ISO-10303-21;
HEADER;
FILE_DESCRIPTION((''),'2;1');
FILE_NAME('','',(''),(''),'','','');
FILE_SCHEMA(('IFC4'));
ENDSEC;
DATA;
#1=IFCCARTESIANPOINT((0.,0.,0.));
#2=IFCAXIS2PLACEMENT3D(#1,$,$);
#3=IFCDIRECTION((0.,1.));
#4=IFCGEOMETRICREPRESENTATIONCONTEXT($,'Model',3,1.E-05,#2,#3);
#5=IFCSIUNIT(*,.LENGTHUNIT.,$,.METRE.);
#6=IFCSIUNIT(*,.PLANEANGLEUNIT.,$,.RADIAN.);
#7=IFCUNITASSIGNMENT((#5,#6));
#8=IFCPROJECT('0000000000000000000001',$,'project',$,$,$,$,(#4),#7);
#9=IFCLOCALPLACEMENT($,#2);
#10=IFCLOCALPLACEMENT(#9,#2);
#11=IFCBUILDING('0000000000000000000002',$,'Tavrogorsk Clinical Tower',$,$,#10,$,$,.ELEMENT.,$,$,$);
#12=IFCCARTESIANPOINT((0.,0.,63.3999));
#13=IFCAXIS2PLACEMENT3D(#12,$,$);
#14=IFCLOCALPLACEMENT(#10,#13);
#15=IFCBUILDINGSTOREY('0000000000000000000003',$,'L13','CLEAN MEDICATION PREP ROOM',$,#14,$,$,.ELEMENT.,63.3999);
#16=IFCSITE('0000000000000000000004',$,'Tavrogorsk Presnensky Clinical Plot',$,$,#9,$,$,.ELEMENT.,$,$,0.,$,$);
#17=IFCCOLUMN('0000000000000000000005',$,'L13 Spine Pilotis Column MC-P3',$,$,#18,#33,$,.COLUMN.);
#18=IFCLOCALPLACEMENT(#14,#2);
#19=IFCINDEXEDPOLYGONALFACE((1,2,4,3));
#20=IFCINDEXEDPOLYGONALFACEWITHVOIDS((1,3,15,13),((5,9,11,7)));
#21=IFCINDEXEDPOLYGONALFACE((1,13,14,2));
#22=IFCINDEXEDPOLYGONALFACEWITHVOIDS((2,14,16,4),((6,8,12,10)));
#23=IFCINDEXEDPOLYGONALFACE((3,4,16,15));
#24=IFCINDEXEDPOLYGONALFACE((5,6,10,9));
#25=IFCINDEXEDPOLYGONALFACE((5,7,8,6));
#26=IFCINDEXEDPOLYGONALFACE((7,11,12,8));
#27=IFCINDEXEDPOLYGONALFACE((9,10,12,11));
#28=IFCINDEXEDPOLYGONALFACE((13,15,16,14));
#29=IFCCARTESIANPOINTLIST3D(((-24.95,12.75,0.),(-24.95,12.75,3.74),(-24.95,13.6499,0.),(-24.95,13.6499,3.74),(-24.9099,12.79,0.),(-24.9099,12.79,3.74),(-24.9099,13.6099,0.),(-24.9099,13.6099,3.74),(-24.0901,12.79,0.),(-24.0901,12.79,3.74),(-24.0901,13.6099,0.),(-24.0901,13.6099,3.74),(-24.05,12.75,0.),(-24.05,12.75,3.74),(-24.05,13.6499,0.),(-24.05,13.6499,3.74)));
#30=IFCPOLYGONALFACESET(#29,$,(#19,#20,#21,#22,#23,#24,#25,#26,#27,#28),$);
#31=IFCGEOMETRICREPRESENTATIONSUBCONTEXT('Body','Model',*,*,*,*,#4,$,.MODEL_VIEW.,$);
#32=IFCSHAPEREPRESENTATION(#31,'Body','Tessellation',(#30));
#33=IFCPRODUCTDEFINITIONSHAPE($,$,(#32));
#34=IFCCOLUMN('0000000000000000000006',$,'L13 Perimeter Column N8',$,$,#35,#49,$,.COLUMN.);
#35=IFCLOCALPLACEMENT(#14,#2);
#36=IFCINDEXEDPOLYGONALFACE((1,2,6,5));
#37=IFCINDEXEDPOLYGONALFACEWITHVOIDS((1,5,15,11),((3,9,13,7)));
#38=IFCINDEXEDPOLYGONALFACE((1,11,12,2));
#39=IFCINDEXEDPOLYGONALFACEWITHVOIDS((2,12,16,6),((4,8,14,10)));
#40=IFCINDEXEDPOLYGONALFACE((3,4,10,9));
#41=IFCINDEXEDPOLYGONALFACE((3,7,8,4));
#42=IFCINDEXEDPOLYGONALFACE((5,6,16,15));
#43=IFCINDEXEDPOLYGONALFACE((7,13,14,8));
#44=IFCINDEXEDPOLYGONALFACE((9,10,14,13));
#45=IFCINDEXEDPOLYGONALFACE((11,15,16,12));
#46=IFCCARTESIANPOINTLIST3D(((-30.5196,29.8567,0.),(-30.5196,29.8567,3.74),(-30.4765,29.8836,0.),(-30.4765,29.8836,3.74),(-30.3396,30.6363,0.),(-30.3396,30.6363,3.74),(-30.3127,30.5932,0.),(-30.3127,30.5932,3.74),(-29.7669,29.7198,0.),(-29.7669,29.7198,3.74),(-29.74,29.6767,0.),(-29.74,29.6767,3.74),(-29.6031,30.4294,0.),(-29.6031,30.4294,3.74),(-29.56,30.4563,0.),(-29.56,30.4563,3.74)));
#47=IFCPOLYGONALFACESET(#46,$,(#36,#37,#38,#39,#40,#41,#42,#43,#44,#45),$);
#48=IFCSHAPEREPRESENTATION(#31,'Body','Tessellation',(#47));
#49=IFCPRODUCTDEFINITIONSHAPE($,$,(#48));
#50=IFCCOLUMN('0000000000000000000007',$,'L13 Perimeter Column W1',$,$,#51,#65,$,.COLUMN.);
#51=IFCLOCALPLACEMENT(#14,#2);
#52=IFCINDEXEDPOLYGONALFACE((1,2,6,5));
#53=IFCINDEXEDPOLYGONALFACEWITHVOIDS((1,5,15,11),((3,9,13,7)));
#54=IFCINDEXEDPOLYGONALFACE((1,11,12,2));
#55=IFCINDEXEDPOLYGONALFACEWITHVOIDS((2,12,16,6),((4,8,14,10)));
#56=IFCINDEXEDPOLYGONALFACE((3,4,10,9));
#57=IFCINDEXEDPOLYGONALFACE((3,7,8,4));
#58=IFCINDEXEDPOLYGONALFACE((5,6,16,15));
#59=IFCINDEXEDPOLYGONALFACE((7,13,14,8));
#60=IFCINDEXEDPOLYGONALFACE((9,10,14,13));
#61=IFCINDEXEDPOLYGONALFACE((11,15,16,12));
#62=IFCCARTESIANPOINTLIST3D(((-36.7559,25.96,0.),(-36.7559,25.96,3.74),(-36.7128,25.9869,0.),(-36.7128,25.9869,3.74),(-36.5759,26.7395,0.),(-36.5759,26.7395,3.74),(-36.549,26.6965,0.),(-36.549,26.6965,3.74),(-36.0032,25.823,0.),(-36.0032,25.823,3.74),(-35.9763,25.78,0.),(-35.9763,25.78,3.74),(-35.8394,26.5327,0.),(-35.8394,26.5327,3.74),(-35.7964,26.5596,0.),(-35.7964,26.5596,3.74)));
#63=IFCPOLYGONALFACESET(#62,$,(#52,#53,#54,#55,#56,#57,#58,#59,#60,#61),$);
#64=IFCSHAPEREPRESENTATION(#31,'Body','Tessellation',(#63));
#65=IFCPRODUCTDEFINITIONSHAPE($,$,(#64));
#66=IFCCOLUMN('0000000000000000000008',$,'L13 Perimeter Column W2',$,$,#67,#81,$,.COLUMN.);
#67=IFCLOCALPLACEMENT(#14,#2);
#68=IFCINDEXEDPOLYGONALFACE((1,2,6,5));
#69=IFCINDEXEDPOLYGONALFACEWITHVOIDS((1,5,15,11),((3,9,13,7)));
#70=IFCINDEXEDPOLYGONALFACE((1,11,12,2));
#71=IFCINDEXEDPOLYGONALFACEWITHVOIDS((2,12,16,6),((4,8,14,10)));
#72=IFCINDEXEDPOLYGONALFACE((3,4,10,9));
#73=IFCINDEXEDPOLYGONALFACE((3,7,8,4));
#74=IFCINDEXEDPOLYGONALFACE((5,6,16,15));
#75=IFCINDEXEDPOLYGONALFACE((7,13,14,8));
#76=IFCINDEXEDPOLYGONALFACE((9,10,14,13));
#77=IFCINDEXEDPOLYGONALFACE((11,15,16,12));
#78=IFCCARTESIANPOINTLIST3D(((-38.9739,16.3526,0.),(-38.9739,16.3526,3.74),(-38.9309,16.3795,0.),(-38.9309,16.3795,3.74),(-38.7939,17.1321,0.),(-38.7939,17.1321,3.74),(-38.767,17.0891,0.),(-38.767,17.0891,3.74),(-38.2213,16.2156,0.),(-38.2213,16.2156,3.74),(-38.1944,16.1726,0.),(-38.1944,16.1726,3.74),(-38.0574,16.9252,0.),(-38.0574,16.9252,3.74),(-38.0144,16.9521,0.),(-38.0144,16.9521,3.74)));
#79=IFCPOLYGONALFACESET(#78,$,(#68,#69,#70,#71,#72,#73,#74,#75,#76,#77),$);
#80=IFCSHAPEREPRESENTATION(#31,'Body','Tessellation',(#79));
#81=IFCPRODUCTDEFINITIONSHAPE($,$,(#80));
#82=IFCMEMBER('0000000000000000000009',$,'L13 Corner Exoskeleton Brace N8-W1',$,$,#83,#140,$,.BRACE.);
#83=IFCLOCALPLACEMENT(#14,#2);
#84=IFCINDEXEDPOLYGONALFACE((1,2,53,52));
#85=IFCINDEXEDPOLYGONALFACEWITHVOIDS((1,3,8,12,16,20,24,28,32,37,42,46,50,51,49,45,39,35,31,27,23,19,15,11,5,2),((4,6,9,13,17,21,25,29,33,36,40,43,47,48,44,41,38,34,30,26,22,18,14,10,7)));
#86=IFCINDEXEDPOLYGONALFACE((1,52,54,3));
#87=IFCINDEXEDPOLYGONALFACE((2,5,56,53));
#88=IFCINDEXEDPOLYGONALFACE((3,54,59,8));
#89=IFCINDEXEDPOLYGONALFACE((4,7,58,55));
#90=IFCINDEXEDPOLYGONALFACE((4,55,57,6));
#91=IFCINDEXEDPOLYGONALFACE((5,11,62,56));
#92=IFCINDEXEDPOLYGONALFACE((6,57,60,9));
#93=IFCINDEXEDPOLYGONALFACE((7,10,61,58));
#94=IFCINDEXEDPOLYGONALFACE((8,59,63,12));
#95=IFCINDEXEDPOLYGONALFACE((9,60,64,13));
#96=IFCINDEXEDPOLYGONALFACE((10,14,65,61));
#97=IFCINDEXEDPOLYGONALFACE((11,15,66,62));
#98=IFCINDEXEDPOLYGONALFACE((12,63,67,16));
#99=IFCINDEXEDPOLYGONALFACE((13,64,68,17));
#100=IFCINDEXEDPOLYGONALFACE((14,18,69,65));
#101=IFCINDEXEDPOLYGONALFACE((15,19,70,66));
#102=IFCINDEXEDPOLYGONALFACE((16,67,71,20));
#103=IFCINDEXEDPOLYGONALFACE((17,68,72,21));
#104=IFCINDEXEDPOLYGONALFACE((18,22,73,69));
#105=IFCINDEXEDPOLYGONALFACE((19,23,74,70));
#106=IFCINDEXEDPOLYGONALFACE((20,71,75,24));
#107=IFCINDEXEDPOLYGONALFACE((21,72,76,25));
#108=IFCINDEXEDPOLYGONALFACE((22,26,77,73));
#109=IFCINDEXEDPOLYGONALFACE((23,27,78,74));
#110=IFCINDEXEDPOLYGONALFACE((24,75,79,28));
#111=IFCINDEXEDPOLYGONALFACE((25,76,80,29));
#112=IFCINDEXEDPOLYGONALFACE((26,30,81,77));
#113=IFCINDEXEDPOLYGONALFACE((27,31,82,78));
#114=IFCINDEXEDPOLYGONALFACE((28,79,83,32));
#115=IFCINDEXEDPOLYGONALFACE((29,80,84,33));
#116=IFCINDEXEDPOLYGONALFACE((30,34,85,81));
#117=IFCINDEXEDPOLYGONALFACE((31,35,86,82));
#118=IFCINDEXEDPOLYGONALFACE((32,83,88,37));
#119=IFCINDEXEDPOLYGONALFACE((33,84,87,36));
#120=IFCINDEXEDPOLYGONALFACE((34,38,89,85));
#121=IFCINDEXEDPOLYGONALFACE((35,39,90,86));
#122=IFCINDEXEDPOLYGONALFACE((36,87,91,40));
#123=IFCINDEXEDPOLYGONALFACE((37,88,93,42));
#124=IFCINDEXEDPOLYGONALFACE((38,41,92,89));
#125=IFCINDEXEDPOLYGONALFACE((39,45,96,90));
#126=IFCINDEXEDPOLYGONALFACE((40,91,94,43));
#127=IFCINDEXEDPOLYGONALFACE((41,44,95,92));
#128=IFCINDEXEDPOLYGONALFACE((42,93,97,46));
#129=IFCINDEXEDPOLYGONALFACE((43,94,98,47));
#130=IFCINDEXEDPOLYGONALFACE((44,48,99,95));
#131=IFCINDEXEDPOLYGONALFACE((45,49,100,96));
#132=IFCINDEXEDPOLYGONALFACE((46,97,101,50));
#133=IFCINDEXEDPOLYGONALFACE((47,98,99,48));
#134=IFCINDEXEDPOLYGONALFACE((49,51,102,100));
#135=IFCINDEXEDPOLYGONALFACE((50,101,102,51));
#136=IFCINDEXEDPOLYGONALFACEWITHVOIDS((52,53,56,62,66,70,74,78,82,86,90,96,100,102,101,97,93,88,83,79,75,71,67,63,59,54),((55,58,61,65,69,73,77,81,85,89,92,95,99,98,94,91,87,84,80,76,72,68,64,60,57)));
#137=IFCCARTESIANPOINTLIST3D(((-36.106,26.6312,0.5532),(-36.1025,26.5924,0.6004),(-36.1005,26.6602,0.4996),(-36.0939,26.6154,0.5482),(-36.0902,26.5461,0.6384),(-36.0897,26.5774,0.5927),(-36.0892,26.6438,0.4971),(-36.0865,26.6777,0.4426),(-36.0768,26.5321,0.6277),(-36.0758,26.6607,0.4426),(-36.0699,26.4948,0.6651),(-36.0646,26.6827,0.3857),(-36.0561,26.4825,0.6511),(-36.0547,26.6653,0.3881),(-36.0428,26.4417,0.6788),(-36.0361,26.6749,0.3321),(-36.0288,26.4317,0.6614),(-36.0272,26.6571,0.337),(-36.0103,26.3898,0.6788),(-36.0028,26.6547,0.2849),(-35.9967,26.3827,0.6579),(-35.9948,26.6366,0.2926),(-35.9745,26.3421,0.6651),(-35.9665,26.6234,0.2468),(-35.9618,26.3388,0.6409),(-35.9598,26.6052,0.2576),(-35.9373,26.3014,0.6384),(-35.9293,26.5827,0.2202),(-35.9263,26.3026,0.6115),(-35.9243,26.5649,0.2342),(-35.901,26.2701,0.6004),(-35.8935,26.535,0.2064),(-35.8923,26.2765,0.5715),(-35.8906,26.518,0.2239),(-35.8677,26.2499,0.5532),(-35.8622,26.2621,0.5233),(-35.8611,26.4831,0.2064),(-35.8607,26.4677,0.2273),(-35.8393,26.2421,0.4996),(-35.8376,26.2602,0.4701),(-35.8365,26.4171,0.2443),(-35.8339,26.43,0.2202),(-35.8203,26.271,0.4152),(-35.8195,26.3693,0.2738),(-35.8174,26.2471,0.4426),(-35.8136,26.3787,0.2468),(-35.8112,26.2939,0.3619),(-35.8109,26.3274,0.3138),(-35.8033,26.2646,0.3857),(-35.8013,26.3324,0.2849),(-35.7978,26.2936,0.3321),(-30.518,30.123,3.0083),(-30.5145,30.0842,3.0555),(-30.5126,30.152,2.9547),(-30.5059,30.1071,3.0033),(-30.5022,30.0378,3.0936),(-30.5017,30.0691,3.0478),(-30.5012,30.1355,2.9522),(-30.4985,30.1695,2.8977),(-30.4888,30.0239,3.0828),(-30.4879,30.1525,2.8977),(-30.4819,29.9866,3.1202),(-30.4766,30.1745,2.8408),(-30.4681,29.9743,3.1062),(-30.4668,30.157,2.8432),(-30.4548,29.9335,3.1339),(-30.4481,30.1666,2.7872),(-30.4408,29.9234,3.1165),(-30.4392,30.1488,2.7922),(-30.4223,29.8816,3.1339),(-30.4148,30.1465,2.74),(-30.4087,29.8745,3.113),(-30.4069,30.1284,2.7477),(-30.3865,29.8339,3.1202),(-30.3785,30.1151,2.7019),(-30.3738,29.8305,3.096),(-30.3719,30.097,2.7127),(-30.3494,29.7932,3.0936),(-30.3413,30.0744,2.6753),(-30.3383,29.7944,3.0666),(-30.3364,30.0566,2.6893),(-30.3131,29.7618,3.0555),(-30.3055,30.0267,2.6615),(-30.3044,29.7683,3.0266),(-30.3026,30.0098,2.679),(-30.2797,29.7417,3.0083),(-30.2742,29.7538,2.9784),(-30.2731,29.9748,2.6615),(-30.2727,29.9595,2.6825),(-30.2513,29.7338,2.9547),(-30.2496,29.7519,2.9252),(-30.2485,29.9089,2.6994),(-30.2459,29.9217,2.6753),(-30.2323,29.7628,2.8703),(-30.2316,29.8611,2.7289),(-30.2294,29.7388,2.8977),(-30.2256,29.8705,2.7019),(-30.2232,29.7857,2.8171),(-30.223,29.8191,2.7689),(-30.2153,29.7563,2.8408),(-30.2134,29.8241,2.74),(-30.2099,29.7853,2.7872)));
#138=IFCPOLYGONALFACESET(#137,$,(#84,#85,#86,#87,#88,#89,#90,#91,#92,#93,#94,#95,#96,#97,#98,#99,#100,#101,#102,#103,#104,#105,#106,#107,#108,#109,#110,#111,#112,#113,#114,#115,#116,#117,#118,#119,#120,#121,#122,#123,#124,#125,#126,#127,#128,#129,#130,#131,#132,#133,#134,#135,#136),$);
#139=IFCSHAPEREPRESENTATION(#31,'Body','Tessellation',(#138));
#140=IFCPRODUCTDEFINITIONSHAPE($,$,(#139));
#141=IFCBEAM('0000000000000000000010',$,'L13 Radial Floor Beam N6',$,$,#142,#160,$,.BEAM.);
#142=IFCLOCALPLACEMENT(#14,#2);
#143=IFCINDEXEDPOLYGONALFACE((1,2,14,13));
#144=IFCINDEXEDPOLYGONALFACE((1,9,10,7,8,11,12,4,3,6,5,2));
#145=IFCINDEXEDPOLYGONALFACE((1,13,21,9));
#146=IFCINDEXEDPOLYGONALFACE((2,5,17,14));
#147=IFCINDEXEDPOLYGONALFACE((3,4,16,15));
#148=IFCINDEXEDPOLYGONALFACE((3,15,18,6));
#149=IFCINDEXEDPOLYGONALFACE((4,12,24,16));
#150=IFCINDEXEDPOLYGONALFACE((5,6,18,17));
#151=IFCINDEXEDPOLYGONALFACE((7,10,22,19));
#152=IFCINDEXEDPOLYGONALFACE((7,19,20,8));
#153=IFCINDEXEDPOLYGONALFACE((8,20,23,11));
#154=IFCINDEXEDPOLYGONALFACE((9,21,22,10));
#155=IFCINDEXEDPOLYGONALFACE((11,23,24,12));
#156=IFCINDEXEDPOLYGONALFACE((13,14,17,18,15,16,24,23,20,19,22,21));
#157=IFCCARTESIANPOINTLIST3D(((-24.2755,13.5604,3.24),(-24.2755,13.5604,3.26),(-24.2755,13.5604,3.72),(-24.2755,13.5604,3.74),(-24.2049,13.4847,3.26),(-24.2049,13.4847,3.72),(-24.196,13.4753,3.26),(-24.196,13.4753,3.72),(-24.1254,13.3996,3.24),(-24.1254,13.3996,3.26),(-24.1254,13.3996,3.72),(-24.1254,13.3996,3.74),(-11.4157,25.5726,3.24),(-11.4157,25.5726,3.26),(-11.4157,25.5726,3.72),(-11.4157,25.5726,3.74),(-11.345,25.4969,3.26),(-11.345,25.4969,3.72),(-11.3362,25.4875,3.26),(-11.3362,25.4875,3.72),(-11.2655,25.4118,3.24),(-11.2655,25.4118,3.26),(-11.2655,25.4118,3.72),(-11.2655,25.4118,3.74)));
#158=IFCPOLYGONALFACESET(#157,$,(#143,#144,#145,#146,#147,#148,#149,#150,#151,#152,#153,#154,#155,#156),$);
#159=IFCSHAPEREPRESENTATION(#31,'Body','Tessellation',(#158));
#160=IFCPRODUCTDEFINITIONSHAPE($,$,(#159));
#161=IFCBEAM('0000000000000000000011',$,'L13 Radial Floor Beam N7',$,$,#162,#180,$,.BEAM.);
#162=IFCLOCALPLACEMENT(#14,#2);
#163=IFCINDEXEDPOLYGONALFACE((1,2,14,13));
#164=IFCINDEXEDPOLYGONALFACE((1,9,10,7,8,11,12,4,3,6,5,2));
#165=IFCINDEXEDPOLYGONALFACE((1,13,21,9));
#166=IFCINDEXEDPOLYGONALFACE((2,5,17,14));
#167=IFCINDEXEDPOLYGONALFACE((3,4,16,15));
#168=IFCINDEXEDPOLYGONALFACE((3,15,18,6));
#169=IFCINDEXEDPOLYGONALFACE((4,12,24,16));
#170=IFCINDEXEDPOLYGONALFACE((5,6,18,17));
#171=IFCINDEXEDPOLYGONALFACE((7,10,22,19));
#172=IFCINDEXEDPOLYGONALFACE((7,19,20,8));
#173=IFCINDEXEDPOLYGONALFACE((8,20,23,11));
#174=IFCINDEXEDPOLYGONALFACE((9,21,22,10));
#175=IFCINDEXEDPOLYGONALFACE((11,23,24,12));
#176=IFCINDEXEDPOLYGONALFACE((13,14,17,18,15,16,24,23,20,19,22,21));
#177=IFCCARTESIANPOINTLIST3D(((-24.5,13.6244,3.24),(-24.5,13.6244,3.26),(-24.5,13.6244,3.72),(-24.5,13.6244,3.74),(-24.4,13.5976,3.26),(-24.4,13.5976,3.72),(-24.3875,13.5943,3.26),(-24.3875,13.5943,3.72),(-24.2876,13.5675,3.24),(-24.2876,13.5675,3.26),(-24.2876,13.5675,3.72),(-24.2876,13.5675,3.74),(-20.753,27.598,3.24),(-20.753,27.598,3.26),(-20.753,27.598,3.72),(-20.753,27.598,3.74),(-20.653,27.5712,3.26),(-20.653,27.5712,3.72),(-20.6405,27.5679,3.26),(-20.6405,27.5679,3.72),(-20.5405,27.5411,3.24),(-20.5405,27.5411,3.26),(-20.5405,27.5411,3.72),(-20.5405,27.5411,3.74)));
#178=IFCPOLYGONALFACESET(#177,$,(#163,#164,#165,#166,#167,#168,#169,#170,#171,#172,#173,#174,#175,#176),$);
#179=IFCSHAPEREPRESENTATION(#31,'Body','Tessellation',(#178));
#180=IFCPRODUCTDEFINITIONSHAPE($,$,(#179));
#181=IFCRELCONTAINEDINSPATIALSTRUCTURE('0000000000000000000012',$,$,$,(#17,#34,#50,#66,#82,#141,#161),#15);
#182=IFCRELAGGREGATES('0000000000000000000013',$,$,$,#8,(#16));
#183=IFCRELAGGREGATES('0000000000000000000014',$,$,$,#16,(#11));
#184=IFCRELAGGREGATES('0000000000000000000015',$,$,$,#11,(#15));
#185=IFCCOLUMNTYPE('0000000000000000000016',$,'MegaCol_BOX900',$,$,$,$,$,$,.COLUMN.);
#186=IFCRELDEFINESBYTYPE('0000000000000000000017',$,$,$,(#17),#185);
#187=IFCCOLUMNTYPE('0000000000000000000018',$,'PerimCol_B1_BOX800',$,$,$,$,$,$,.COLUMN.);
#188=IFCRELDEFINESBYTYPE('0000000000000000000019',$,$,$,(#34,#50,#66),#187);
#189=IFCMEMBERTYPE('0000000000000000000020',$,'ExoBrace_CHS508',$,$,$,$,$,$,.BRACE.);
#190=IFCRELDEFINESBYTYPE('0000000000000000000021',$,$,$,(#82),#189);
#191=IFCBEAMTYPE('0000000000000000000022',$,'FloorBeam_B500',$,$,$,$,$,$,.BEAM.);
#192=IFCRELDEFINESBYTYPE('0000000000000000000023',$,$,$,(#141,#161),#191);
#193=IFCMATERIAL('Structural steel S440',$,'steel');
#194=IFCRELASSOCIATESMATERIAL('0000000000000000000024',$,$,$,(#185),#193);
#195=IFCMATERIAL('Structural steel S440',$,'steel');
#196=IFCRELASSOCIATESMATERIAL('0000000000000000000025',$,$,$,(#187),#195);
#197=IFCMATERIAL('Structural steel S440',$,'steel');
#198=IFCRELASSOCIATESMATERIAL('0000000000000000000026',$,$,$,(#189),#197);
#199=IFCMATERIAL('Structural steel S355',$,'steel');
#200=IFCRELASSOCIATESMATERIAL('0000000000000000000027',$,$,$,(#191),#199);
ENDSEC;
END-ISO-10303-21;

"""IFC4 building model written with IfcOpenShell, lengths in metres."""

from ifc_helpers import new_model, si_unit, direction, frame, origin, origin_2d, place, context, subcontext, project, spatial, hollow_rectangle, hollow_circle, i_section, extrude, material, material_profile, profile_set, type_object, element, save


model = new_model("IFC4")

# Units and contexts
model_context = context("Model", 3, precision=1e-05, world=origin(), true_north=direction((0.0, 1.0)))
body_context = subcontext(model_context, "Body", "Model", "MODEL_VIEW")
ifc_project = project(units=[si_unit("LENGTHUNIT", "METRE"), si_unit("PLANEANGLEUNIT", "RADIAN")], contexts=[model_context])

# Site, building, storey
site_placement = place(None, origin())
site = spatial("IfcSite", under=ifc_project, at=site_placement, Name="Tavrogorsk Presnensky Clinical Plot", CompositionType="ELEMENT", RefElevation=0.0)
building_placement = place(site_placement, origin())
building = spatial("IfcBuilding", under=site, at=building_placement, Name="Tavrogorsk Clinical Tower", CompositionType="ELEMENT")
storey_placement = place(building_placement, frame((0.0, 0.0, 63.3999)))
storey = spatial("IfcBuildingStorey", under=building, at=storey_placement, Name="L13", Description="CLEAN MEDICATION PREP ROOM", CompositionType="ELEMENT", Elevation=63.3999)

# Columns
ifc_material_1 = material(Name="Structural steel S440", Category="steel")
ifc_material_profile_1 = material_profile(ifc_material_1, hollow_rectangle(XDim=0.8999, YDim=0.8999, WallThickness=0.04, at=origin_2d()), Name="BOX-900x900x40")
ifc_profile_set_1 = profile_set([ifc_material_profile_1], Name="Structural steel S440")
column_type_1 = type_object("IfcColumnType", Name="MegaCol_BOX900", PredefinedType="COLUMN", material=ifc_profile_set_1)
column_placement = place(storey_placement, frame((-24.5, 13.2, 0.0), z_axis=(0.0, 0.0, 1.0), x_axis=(1.0, 0.0, 0.0)))
element("IfcColumn", 1, at=column_placement, inside=storey, type_object=column_type_1, Name="L13 Spine Pilotis Column MC-P3", PredefinedType="COLUMN", context=body_context, shape_type="SweptSolid", body=[
    extrude(hollow_rectangle(XDim=0.8999, YDim=0.8999, WallThickness=0.04, at=origin_2d()), origin(), (0.0, 0.0, 1.0), 3.74),
])
ifc_material_2 = material(Name="Structural steel S440", Category="steel")
ifc_material_profile_2 = material_profile(ifc_material_2, hollow_rectangle(XDim=0.8, YDim=0.8, WallThickness=0.0359, at=origin_2d()), Name="BOX-800x800x36")
ifc_profile_set_2 = profile_set([ifc_material_profile_2], Name="Structural steel S440")
column_type_2 = type_object("IfcColumnType", Name="PerimCol_B1_BOX800", PredefinedType="COLUMN", material=ifc_profile_set_2)
for number, where, z_axis, x_axis, name in (
    (2, (-30.0398, 30.1565, 0.0), (0.0, 0.0, 1.0), (0.97437, -0.224951, 0.0), "L13 Perimeter Column N8"),
    (3, (-36.2761, 26.2598, 0.0), (0.0, 0.0, 1.0), (0.97437, -0.224951, 0.0), "L13 Perimeter Column W1"),
    (4, (-38.4941, 16.6523, 0.0), (0.0, 0.0, 1.0), (0.97437, -0.224951, 0.0), "L13 Perimeter Column W2"),
):
    element("IfcColumn", number, at=place(storey_placement, frame(where, z_axis=z_axis, x_axis=x_axis)), inside=storey, type_object=column_type_2, Name=name, PredefinedType="COLUMN", context=body_context, shape_type="SweptSolid", body=[
        extrude(hollow_rectangle(XDim=0.8, YDim=0.8, WallThickness=0.0359, at=origin_2d()), origin(), (0.0, 0.0, 1.0), 3.74),
    ])

# Member
ifc_material_3 = material(Name="Structural steel S440", Category="steel")
ifc_material_profile_3 = material_profile(ifc_material_3, hollow_circle(Radius=0.2539, WallThickness=0.02, at=origin_2d()), Name="CHS-508x20")
ifc_profile_set_3 = profile_set([ifc_material_profile_3], Name="Structural steel S440")
member_type_1 = type_object("IfcMemberType", Name="ExoBrace_CHS508", PredefinedType="BRACE", material=ifc_profile_set_3)
member_1_placement = place(storey_placement, frame((-35.9519, 26.4624, 0.4426), z_axis=(0.794679, 0.49657, 0.349148), x_axis=(-0.529919, 0.848048, 0.0)))
element("IfcMember", 5, at=member_1_placement, inside=storey, type_object=member_type_1, Name="L13 Corner Exoskeleton Brace N8-W1", PredefinedType="BRACE", context=body_context, shape_type="SweptSolid", body=[
    extrude(hollow_circle(Radius=0.2539, WallThickness=0.02, at=origin_2d()), origin(), (0.0, 0.0, 1.0), 7.0317),
])

# Beams
ifc_material_4 = material(Name="Structural steel S355", Category="steel")
ifc_material_profile_4 = material_profile(ifc_material_4, i_section(OverallWidth=0.22, OverallDepth=0.5, WebThickness=0.0129, FlangeThickness=0.02, at=origin_2d()), Name="B-500x220x13x20")
ifc_profile_set_4 = profile_set([ifc_material_profile_4], Name="Structural steel S355")
beam_type_1 = type_object("IfcBeamType", Name="FloorBeam_B500", PredefinedType="BEAM", material=ifc_profile_set_4)
beam_1_placement = place(storey_placement, frame((-24.2004, 13.48, 3.49), z_axis=(0.730781, 0.682612, 0.0), x_axis=(-0.682612, 0.730781, 0.0)))
element("IfcBeam", 6, at=beam_1_placement, inside=storey, type_object=beam_type_1, Name="L13 Radial Floor Beam N6", PredefinedType="BEAM", context=body_context, shape_type="SweptSolid", body=[
    extrude(i_section(OverallWidth=0.22, OverallDepth=0.5, WebThickness=0.0129, FlangeThickness=0.02, at=origin_2d()), origin(), (0.0, 0.0, 1.0), 17.5974),
])
beam_2_placement = place(storey_placement, frame((-24.3938, 13.5959, 3.49), z_axis=(0.259003, 0.965877, 0.0), x_axis=(-0.965877, 0.259003, 0.0)))
element("IfcBeam", 7, at=beam_2_placement, inside=storey, type_object=beam_type_1, Name="L13 Radial Floor Beam N7", PredefinedType="BEAM", context=body_context, shape_type="SweptSolid", body=[
    extrude(i_section(OverallWidth=0.22, OverallDepth=0.5, WebThickness=0.0129, FlangeThickness=0.02, at=origin_2d()), origin(), (0.0, 0.0, 1.0), 14.4673),
])

save(model, "model.ifc")
